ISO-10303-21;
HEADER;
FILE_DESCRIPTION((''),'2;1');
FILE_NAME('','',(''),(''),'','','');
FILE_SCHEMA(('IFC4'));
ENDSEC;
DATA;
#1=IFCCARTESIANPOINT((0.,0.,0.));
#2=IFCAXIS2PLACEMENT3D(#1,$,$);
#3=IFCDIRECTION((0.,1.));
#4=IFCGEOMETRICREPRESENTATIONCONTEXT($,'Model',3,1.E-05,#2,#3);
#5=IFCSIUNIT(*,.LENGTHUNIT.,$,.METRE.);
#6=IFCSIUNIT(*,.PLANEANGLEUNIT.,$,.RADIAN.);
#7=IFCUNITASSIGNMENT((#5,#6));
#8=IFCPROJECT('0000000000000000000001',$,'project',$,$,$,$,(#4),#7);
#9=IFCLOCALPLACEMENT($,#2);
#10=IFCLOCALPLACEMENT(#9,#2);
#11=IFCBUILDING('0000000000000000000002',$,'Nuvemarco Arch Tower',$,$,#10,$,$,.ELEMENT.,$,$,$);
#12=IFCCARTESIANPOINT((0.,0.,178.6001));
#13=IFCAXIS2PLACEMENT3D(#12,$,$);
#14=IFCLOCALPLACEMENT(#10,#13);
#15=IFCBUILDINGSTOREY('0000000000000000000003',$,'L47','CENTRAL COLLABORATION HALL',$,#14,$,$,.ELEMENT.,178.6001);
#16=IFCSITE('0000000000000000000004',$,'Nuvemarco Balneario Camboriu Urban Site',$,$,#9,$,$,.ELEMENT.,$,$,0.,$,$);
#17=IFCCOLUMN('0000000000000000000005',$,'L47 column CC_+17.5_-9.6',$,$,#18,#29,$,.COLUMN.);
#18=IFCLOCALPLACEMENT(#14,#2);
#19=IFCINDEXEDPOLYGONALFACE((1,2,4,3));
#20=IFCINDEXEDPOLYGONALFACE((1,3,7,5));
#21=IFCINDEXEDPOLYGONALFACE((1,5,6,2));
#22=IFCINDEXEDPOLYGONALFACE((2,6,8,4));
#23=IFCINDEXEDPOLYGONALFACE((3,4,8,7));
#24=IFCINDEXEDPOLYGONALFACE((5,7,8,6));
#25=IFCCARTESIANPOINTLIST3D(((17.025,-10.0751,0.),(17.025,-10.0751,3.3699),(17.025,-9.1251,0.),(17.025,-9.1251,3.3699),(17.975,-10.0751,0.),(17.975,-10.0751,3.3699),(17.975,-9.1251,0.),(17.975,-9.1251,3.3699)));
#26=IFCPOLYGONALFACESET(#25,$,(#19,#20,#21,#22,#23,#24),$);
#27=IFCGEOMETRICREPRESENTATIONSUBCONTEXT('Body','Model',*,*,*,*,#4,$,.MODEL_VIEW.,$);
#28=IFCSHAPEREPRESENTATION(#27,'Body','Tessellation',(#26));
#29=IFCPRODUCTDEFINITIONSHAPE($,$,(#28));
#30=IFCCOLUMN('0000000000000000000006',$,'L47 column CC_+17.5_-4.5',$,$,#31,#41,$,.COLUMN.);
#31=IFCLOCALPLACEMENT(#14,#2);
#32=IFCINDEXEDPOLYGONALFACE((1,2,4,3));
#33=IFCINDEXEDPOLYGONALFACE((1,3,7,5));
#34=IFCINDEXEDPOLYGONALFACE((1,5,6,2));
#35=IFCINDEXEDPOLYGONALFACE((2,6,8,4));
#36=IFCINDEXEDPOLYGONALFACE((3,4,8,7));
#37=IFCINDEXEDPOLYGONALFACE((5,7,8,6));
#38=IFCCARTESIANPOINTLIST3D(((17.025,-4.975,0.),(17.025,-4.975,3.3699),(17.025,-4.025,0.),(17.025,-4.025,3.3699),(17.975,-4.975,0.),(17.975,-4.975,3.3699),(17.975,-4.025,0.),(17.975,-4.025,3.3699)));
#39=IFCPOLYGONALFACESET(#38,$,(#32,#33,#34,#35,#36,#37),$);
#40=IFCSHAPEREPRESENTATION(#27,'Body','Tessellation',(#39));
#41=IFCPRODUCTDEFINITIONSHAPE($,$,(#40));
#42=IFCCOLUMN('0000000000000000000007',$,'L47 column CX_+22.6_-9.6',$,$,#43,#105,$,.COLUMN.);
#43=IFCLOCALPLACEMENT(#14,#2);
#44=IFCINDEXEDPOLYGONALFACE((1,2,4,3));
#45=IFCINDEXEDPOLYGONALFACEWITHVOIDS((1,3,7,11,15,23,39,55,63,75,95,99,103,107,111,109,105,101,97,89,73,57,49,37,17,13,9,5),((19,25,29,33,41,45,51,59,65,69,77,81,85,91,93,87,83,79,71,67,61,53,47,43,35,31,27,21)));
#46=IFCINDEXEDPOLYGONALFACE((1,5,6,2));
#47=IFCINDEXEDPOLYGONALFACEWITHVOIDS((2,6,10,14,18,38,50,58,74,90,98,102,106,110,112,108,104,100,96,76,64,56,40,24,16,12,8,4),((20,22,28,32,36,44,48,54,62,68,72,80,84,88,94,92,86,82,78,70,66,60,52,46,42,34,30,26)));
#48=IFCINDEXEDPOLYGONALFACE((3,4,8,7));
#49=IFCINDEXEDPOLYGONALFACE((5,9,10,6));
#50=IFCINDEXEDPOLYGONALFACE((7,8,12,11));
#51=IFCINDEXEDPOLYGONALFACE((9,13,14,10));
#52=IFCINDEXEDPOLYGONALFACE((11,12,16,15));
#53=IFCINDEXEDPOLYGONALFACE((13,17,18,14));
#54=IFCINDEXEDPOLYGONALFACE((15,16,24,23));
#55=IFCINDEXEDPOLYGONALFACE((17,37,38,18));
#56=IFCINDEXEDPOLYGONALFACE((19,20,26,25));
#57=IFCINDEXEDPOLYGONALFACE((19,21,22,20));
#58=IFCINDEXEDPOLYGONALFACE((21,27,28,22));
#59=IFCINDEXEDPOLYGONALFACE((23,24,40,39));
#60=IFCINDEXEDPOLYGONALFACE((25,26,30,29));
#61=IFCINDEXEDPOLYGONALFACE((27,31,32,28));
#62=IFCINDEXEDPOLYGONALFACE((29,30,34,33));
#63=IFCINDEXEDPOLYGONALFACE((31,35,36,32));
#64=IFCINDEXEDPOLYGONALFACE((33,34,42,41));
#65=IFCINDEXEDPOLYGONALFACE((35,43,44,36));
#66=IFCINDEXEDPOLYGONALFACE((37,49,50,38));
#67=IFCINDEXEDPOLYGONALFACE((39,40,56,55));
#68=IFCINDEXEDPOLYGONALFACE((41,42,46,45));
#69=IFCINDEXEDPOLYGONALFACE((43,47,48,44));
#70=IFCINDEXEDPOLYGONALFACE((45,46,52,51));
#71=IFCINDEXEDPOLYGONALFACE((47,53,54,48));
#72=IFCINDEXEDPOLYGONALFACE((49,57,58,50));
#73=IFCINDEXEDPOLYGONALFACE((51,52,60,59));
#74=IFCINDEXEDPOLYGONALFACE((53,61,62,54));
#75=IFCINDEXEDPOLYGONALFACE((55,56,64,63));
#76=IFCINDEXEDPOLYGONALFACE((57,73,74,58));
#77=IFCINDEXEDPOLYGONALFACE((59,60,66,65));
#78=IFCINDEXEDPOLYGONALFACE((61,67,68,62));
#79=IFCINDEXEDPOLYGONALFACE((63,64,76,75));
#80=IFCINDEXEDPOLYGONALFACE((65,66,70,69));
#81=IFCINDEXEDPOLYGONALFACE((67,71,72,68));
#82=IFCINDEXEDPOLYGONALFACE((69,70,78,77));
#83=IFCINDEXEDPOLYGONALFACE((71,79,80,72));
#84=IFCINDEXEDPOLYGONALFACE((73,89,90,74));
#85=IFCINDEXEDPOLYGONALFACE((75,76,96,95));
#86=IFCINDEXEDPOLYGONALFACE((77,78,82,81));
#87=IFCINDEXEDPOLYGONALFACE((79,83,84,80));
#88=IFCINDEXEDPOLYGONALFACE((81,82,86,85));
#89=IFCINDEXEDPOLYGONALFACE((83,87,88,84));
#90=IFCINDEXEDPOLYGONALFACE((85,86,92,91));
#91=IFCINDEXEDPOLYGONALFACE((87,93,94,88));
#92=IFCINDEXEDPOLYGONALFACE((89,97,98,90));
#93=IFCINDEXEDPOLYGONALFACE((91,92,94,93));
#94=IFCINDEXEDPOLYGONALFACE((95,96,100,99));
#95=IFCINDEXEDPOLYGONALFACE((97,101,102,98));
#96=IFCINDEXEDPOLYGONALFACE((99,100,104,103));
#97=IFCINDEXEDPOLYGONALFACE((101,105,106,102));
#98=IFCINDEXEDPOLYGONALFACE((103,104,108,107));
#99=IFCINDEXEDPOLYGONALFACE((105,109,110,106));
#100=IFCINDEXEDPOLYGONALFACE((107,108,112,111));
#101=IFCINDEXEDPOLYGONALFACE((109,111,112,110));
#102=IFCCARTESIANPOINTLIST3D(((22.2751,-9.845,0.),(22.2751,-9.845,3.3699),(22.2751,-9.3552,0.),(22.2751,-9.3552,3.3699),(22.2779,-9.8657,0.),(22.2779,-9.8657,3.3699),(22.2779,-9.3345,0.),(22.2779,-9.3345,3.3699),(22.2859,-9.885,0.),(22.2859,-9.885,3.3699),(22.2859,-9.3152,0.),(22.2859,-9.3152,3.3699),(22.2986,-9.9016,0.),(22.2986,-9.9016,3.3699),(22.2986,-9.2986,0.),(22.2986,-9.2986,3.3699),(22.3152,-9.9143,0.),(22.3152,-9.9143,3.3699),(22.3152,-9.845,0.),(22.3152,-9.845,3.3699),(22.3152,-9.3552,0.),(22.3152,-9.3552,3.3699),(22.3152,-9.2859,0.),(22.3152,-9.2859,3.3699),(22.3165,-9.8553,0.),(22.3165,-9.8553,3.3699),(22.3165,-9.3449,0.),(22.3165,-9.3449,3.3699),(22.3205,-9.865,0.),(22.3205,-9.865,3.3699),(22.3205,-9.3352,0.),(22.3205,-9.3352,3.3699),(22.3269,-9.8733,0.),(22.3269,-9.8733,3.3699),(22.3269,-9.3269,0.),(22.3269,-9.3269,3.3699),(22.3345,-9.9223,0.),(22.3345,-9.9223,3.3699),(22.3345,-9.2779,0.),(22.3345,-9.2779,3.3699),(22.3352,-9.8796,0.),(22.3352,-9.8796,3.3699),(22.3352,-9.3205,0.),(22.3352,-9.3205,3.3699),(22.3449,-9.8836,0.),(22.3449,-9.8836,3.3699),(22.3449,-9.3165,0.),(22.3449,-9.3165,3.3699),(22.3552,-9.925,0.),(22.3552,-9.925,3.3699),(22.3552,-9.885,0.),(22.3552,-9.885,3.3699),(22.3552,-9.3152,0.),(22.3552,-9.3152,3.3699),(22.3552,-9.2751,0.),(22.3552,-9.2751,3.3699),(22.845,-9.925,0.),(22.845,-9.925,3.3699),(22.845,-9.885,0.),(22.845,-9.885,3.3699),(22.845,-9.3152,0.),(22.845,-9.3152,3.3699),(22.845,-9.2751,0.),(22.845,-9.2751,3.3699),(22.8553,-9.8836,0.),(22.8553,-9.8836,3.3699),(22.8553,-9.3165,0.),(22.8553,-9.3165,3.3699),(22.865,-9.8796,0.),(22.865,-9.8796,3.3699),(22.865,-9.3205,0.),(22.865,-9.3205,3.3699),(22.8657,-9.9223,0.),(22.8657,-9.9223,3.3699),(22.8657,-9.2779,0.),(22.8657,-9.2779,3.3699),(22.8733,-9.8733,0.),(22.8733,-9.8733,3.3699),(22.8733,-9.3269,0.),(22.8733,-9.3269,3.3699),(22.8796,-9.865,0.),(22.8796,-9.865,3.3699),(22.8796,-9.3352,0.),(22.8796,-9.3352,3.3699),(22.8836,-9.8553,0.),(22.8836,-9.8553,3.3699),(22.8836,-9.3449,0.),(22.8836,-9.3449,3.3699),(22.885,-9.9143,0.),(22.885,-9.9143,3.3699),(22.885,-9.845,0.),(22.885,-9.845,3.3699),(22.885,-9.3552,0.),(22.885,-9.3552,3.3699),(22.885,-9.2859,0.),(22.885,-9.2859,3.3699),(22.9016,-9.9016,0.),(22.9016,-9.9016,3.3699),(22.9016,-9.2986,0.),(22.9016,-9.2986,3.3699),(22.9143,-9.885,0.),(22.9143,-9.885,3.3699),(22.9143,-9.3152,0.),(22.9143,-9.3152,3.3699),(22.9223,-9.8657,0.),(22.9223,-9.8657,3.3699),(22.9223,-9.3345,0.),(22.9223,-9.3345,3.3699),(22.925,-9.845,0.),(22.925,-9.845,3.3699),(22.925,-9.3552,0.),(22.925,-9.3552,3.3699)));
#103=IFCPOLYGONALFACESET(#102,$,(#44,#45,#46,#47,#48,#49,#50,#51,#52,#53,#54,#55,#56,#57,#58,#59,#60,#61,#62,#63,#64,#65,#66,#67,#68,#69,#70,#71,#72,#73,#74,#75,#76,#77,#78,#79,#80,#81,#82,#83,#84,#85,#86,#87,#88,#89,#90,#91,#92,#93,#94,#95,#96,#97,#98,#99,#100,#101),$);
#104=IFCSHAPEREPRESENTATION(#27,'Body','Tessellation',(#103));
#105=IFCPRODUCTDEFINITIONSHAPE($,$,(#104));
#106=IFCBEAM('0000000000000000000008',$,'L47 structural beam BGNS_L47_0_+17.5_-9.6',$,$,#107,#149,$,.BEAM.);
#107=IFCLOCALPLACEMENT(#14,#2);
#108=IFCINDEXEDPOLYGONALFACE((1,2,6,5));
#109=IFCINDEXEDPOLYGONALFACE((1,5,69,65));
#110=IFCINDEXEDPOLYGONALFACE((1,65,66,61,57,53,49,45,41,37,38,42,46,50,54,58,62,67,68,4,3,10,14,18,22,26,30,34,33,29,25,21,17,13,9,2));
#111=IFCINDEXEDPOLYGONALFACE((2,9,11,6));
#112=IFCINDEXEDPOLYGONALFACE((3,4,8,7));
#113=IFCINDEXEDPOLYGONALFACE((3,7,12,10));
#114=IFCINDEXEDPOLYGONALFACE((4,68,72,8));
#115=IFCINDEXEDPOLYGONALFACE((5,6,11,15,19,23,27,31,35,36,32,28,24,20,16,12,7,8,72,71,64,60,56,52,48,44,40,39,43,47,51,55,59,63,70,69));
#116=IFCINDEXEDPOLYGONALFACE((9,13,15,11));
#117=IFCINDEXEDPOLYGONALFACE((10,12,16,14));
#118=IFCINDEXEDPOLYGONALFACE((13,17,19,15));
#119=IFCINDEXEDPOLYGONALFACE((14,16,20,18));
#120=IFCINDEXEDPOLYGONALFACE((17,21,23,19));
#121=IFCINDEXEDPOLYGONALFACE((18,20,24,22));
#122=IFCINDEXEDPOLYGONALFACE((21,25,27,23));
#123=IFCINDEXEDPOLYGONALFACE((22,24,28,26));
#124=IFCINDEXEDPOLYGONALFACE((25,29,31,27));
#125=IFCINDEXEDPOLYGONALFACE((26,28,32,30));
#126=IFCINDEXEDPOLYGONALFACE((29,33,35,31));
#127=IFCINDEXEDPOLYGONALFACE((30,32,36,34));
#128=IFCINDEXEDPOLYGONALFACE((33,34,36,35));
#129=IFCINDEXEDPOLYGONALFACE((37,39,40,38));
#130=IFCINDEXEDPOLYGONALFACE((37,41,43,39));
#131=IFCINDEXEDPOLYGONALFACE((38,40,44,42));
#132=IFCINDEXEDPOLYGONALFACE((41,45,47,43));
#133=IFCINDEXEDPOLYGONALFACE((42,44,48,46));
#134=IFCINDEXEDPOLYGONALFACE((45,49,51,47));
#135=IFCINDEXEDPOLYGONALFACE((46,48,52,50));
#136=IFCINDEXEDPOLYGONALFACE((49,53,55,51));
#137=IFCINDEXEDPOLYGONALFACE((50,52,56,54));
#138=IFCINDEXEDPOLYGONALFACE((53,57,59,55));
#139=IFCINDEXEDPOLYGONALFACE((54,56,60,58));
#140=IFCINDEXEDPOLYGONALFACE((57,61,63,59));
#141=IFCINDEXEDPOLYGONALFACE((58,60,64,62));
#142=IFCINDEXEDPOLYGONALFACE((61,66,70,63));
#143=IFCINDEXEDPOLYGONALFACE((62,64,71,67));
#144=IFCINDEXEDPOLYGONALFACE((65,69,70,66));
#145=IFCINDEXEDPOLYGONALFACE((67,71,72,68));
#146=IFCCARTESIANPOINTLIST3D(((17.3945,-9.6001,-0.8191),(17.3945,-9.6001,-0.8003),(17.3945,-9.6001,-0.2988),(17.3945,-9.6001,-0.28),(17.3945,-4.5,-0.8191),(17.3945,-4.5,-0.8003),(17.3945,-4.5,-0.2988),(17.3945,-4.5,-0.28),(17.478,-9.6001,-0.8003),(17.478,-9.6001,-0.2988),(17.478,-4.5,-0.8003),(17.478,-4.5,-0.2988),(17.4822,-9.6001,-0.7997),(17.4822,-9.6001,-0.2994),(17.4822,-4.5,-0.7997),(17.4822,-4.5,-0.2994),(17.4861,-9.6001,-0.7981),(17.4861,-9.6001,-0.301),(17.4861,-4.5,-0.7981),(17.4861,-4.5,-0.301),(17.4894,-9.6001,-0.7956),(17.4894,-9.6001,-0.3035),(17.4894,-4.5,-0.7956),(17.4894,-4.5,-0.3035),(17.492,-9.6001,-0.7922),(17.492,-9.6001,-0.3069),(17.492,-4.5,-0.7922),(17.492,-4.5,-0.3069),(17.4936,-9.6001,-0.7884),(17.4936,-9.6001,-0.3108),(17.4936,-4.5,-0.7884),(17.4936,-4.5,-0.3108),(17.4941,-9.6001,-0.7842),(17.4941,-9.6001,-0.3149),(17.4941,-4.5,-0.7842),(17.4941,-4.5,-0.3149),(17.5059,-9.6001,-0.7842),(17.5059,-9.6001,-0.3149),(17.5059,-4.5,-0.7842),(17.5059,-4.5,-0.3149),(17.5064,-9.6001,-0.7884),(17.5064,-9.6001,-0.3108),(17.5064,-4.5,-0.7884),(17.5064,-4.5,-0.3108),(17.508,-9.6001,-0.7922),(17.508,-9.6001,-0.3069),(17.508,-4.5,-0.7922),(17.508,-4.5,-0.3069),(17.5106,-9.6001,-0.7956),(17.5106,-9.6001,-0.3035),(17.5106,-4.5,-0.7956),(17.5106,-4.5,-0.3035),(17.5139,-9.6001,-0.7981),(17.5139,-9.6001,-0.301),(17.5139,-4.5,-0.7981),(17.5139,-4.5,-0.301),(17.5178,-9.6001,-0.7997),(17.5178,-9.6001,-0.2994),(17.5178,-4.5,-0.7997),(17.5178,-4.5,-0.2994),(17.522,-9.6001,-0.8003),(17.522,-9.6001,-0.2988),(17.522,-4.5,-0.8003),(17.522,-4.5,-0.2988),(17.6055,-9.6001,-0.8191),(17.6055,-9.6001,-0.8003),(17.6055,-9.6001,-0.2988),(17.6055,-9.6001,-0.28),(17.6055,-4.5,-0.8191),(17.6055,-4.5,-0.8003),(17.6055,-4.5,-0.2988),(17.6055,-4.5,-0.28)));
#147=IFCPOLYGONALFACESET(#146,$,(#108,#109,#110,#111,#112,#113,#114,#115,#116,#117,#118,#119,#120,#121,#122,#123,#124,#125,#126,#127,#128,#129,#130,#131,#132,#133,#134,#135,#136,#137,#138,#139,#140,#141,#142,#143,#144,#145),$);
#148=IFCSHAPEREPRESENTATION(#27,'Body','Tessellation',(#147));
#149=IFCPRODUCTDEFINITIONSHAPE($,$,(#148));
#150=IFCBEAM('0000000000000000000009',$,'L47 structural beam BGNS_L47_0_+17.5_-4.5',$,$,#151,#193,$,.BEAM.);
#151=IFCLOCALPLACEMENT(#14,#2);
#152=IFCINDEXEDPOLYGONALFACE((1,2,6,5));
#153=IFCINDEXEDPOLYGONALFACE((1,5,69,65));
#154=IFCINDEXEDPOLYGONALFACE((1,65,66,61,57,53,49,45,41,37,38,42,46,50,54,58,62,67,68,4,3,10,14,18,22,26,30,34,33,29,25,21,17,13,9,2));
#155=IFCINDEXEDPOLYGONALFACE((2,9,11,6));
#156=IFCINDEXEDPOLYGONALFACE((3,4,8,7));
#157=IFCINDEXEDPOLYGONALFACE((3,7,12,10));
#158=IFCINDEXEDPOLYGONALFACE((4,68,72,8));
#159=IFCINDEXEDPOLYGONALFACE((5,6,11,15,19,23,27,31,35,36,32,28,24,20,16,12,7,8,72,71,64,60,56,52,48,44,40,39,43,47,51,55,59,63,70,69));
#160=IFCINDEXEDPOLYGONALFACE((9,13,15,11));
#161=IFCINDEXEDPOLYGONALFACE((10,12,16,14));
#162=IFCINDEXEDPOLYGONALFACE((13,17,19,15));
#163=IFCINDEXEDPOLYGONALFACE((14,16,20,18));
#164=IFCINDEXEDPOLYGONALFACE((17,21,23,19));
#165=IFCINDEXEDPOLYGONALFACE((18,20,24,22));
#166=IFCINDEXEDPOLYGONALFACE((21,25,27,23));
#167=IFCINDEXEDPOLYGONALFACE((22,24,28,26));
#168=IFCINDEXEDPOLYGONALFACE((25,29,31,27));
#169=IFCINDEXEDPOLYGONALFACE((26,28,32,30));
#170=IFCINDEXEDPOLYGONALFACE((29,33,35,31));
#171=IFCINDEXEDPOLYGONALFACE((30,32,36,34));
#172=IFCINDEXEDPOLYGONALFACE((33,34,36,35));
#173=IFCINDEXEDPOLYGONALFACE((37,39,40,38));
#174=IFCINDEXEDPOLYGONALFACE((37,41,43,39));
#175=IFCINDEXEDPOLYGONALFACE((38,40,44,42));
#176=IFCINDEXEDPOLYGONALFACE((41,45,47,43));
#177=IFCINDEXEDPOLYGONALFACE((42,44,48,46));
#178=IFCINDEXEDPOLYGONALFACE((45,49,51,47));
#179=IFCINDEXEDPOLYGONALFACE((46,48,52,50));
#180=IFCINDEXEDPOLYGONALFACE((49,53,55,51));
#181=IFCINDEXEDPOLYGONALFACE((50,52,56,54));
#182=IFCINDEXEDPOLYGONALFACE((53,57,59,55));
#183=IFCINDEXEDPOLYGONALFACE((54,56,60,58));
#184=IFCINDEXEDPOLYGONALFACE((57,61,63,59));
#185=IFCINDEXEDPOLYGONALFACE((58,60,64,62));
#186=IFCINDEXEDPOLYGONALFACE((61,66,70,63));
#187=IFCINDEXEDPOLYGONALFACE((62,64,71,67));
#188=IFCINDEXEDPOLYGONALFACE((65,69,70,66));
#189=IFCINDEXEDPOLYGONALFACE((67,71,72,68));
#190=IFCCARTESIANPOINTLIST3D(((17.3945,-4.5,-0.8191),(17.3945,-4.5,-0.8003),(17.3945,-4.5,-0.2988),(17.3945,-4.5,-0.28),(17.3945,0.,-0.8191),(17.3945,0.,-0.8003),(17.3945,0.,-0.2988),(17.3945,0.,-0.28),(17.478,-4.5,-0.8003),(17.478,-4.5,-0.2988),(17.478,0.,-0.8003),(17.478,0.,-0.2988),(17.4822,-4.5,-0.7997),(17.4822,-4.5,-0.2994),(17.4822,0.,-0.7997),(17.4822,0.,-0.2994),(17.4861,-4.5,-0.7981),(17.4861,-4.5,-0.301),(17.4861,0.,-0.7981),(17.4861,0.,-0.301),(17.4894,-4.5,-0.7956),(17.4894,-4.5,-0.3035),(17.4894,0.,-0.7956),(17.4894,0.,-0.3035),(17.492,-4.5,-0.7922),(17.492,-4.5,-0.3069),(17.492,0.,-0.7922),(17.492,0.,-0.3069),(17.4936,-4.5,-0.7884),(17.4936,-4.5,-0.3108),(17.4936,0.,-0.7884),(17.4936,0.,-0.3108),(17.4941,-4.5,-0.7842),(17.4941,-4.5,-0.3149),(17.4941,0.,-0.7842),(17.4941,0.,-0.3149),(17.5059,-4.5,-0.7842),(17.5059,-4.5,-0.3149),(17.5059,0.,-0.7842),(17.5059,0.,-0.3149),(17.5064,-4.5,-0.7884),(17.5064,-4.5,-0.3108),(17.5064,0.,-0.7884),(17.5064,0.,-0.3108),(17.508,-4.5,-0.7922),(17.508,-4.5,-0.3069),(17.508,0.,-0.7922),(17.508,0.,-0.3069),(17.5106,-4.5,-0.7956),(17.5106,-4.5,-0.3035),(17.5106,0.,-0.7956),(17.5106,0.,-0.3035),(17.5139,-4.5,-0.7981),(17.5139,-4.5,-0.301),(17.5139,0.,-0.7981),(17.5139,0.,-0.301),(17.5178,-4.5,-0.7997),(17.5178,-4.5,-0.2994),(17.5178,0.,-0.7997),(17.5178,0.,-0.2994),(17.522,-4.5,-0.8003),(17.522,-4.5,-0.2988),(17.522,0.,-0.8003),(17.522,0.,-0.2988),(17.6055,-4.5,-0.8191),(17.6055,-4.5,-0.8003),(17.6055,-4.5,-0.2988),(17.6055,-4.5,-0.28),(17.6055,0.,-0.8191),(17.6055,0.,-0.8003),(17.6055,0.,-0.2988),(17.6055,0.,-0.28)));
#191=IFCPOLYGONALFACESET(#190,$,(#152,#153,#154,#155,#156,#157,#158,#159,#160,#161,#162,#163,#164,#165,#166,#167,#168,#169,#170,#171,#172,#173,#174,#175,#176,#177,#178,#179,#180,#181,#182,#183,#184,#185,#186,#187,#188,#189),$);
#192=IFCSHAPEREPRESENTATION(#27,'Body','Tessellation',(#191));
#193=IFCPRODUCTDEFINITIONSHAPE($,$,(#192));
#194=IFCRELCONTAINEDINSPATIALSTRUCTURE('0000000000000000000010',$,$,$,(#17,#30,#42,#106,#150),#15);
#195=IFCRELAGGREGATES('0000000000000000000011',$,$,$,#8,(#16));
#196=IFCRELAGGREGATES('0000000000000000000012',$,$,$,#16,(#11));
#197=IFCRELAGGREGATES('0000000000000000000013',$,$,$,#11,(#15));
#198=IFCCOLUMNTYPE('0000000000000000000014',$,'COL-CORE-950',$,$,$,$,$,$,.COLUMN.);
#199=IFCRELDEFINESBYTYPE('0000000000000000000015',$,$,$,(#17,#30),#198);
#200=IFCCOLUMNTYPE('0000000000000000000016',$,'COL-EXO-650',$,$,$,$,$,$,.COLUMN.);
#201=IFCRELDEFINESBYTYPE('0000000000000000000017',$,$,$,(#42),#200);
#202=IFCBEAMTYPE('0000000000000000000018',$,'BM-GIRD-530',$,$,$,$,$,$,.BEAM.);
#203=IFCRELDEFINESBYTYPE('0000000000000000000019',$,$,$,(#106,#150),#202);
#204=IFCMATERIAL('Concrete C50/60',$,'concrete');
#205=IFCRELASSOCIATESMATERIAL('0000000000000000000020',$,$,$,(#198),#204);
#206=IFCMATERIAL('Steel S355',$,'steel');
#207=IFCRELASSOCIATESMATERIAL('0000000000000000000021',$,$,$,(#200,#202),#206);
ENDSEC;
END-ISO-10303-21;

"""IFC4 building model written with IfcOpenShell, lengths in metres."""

from ifc_helpers import new_model, si_unit, direction, frame, origin, origin_2d, place, context, subcontext, project, spatial, rectangle, hollow_rectangle, i_section, extrude, material, material_profile, profile_set, type_object, element, save


model = new_model("IFC4")

# Units and contexts
model_context = context("Model", 3, precision=1e-05, world=origin(), true_north=direction((0.0, 1.0)))
body_context = subcontext(model_context, "Body", "Model", "MODEL_VIEW")
ifc_project = project(units=[si_unit("LENGTHUNIT", "METRE"), si_unit("PLANEANGLEUNIT", "RADIAN")], contexts=[model_context])

# Site, building, storey
site_placement = place(None, origin())
site = spatial("IfcSite", under=ifc_project, at=site_placement, Name="Nuvemarco Balneario Camboriu Urban Site", CompositionType="ELEMENT", RefElevation=0.0)
building_placement = place(site_placement, origin())
building = spatial("IfcBuilding", under=site, at=building_placement, Name="Nuvemarco Arch Tower", CompositionType="ELEMENT")
storey_placement = place(building_placement, frame((0.0, 0.0, 178.6001)))
storey = spatial("IfcBuildingStorey", under=building, at=storey_placement, Name="L47", Description="CENTRAL COLLABORATION HALL", CompositionType="ELEMENT", Elevation=178.6001)

# Columns
ifc_material_1 = material(Name="Concrete C50/60", Category="concrete")
ifc_material_profile_1 = material_profile(ifc_material_1, rectangle(XDim=0.95, YDim=0.95, at=origin_2d()), Name="RC-COL-950x950")
ifc_profile_set_1 = profile_set([ifc_material_profile_1], Name="Concrete C50/60")
column_type_1 = type_object("IfcColumnType", Name="COL-CORE-950", PredefinedType="COLUMN", material=ifc_profile_set_1)
for number, where, z_axis, x_axis, name in (
    (1, (17.5, -9.6001, 0.0), (0.0, 0.0, 1.0), (1.0, 0.0, 0.0), "L47 column CC_+17.5_-9.6"),
    (2, (17.5, -4.5, 0.0), (0.0, 0.0, 1.0), (1.0, 0.0, 0.0), "L47 column CC_+17.5_-4.5"),
):
    element("IfcColumn", number, at=place(storey_placement, frame(where, z_axis=z_axis, x_axis=x_axis)), inside=storey, type_object=column_type_1, Name=name, PredefinedType="COLUMN", context=body_context, shape_type="SweptSolid", body=[
        extrude(rectangle(XDim=0.95, YDim=0.95, at=origin_2d()), origin(), (0.0, 0.0, 1.0), 3.3699),
    ])
ifc_material_2 = material(Name="Steel S355", Category="steel")
ifc_material_profile_2 = material_profile(ifc_material_2, hollow_rectangle(XDim=0.6499, YDim=0.6499, WallThickness=0.04, InnerFilletRadius=0.04, OuterFilletRadius=0.0801, at=origin_2d()), Name="SHS650x650x40")
ifc_profile_set_2 = profile_set([ifc_material_profile_2], Name="Steel S355")
column_type_2 = type_object("IfcColumnType", Name="COL-EXO-650", PredefinedType="COLUMN", material=ifc_profile_set_2)
column_placement = place(storey_placement, frame((22.6001, -9.6001, 0.0), z_axis=(0.0, 0.0, 1.0), x_axis=(1.0, 0.0, 0.0)))
element("IfcColumn", 3, at=column_placement, inside=storey, type_object=column_type_2, Name="L47 column CX_+22.6_-9.6", PredefinedType="COLUMN", context=body_context, shape_type="SweptSolid", body=[
    extrude(hollow_rectangle(XDim=0.6499, YDim=0.6499, WallThickness=0.04, InnerFilletRadius=0.04, OuterFilletRadius=0.0801, at=origin_2d()), origin(), (0.0, 0.0, 1.0), 3.3699),
])

# Beams
ifc_material_profile_3 = material_profile(ifc_material_2, i_section(OverallWidth=0.2109, OverallDepth=0.5391, WebThickness=0.0117, FlangeThickness=0.0188, FilletRadius=0.0161, at=origin_2d()), Name="W530x109")
ifc_profile_set_3 = profile_set([ifc_material_profile_3], Name="Steel S355")
beam_type_1 = type_object("IfcBeamType", Name="BM-GIRD-530", PredefinedType="BEAM", material=ifc_profile_set_3)
beam_1_placement = place(storey_placement, frame((17.5, -9.6001, -0.5496), z_axis=(0.0, 1.0, 0.0), x_axis=(-1.0, 0.0, 0.0)))
element("IfcBeam", 4, at=beam_1_placement, inside=storey, type_object=beam_type_1, Name="L47 structural beam BGNS_L47_0_+17.5_-9.6", PredefinedType="BEAM", context=body_context, shape_type="SweptSolid", body=[
    extrude(i_section(OverallWidth=0.2109, OverallDepth=0.5391, WebThickness=0.0117, FlangeThickness=0.0188, FilletRadius=0.0161, at=origin_2d()), origin(), (0.0, 0.0, 1.0), 5.1001),
])
beam_2_placement = place(storey_placement, frame((17.5, -4.5, -0.5496), z_axis=(0.0, 1.0, 0.0), x_axis=(-1.0, 0.0, 0.0)))
element("IfcBeam", 5, at=beam_2_placement, inside=storey, type_object=beam_type_1, Name="L47 structural beam BGNS_L47_0_+17.5_-4.5", PredefinedType="BEAM", context=body_context, shape_type="SweptSolid", body=[
    extrude(i_section(OverallWidth=0.2109, OverallDepth=0.5391, WebThickness=0.0117, FlangeThickness=0.0188, FilletRadius=0.0161, at=origin_2d()), origin(), (0.0, 0.0, 1.0), 4.5),
])

save(model, "model.ifc")
